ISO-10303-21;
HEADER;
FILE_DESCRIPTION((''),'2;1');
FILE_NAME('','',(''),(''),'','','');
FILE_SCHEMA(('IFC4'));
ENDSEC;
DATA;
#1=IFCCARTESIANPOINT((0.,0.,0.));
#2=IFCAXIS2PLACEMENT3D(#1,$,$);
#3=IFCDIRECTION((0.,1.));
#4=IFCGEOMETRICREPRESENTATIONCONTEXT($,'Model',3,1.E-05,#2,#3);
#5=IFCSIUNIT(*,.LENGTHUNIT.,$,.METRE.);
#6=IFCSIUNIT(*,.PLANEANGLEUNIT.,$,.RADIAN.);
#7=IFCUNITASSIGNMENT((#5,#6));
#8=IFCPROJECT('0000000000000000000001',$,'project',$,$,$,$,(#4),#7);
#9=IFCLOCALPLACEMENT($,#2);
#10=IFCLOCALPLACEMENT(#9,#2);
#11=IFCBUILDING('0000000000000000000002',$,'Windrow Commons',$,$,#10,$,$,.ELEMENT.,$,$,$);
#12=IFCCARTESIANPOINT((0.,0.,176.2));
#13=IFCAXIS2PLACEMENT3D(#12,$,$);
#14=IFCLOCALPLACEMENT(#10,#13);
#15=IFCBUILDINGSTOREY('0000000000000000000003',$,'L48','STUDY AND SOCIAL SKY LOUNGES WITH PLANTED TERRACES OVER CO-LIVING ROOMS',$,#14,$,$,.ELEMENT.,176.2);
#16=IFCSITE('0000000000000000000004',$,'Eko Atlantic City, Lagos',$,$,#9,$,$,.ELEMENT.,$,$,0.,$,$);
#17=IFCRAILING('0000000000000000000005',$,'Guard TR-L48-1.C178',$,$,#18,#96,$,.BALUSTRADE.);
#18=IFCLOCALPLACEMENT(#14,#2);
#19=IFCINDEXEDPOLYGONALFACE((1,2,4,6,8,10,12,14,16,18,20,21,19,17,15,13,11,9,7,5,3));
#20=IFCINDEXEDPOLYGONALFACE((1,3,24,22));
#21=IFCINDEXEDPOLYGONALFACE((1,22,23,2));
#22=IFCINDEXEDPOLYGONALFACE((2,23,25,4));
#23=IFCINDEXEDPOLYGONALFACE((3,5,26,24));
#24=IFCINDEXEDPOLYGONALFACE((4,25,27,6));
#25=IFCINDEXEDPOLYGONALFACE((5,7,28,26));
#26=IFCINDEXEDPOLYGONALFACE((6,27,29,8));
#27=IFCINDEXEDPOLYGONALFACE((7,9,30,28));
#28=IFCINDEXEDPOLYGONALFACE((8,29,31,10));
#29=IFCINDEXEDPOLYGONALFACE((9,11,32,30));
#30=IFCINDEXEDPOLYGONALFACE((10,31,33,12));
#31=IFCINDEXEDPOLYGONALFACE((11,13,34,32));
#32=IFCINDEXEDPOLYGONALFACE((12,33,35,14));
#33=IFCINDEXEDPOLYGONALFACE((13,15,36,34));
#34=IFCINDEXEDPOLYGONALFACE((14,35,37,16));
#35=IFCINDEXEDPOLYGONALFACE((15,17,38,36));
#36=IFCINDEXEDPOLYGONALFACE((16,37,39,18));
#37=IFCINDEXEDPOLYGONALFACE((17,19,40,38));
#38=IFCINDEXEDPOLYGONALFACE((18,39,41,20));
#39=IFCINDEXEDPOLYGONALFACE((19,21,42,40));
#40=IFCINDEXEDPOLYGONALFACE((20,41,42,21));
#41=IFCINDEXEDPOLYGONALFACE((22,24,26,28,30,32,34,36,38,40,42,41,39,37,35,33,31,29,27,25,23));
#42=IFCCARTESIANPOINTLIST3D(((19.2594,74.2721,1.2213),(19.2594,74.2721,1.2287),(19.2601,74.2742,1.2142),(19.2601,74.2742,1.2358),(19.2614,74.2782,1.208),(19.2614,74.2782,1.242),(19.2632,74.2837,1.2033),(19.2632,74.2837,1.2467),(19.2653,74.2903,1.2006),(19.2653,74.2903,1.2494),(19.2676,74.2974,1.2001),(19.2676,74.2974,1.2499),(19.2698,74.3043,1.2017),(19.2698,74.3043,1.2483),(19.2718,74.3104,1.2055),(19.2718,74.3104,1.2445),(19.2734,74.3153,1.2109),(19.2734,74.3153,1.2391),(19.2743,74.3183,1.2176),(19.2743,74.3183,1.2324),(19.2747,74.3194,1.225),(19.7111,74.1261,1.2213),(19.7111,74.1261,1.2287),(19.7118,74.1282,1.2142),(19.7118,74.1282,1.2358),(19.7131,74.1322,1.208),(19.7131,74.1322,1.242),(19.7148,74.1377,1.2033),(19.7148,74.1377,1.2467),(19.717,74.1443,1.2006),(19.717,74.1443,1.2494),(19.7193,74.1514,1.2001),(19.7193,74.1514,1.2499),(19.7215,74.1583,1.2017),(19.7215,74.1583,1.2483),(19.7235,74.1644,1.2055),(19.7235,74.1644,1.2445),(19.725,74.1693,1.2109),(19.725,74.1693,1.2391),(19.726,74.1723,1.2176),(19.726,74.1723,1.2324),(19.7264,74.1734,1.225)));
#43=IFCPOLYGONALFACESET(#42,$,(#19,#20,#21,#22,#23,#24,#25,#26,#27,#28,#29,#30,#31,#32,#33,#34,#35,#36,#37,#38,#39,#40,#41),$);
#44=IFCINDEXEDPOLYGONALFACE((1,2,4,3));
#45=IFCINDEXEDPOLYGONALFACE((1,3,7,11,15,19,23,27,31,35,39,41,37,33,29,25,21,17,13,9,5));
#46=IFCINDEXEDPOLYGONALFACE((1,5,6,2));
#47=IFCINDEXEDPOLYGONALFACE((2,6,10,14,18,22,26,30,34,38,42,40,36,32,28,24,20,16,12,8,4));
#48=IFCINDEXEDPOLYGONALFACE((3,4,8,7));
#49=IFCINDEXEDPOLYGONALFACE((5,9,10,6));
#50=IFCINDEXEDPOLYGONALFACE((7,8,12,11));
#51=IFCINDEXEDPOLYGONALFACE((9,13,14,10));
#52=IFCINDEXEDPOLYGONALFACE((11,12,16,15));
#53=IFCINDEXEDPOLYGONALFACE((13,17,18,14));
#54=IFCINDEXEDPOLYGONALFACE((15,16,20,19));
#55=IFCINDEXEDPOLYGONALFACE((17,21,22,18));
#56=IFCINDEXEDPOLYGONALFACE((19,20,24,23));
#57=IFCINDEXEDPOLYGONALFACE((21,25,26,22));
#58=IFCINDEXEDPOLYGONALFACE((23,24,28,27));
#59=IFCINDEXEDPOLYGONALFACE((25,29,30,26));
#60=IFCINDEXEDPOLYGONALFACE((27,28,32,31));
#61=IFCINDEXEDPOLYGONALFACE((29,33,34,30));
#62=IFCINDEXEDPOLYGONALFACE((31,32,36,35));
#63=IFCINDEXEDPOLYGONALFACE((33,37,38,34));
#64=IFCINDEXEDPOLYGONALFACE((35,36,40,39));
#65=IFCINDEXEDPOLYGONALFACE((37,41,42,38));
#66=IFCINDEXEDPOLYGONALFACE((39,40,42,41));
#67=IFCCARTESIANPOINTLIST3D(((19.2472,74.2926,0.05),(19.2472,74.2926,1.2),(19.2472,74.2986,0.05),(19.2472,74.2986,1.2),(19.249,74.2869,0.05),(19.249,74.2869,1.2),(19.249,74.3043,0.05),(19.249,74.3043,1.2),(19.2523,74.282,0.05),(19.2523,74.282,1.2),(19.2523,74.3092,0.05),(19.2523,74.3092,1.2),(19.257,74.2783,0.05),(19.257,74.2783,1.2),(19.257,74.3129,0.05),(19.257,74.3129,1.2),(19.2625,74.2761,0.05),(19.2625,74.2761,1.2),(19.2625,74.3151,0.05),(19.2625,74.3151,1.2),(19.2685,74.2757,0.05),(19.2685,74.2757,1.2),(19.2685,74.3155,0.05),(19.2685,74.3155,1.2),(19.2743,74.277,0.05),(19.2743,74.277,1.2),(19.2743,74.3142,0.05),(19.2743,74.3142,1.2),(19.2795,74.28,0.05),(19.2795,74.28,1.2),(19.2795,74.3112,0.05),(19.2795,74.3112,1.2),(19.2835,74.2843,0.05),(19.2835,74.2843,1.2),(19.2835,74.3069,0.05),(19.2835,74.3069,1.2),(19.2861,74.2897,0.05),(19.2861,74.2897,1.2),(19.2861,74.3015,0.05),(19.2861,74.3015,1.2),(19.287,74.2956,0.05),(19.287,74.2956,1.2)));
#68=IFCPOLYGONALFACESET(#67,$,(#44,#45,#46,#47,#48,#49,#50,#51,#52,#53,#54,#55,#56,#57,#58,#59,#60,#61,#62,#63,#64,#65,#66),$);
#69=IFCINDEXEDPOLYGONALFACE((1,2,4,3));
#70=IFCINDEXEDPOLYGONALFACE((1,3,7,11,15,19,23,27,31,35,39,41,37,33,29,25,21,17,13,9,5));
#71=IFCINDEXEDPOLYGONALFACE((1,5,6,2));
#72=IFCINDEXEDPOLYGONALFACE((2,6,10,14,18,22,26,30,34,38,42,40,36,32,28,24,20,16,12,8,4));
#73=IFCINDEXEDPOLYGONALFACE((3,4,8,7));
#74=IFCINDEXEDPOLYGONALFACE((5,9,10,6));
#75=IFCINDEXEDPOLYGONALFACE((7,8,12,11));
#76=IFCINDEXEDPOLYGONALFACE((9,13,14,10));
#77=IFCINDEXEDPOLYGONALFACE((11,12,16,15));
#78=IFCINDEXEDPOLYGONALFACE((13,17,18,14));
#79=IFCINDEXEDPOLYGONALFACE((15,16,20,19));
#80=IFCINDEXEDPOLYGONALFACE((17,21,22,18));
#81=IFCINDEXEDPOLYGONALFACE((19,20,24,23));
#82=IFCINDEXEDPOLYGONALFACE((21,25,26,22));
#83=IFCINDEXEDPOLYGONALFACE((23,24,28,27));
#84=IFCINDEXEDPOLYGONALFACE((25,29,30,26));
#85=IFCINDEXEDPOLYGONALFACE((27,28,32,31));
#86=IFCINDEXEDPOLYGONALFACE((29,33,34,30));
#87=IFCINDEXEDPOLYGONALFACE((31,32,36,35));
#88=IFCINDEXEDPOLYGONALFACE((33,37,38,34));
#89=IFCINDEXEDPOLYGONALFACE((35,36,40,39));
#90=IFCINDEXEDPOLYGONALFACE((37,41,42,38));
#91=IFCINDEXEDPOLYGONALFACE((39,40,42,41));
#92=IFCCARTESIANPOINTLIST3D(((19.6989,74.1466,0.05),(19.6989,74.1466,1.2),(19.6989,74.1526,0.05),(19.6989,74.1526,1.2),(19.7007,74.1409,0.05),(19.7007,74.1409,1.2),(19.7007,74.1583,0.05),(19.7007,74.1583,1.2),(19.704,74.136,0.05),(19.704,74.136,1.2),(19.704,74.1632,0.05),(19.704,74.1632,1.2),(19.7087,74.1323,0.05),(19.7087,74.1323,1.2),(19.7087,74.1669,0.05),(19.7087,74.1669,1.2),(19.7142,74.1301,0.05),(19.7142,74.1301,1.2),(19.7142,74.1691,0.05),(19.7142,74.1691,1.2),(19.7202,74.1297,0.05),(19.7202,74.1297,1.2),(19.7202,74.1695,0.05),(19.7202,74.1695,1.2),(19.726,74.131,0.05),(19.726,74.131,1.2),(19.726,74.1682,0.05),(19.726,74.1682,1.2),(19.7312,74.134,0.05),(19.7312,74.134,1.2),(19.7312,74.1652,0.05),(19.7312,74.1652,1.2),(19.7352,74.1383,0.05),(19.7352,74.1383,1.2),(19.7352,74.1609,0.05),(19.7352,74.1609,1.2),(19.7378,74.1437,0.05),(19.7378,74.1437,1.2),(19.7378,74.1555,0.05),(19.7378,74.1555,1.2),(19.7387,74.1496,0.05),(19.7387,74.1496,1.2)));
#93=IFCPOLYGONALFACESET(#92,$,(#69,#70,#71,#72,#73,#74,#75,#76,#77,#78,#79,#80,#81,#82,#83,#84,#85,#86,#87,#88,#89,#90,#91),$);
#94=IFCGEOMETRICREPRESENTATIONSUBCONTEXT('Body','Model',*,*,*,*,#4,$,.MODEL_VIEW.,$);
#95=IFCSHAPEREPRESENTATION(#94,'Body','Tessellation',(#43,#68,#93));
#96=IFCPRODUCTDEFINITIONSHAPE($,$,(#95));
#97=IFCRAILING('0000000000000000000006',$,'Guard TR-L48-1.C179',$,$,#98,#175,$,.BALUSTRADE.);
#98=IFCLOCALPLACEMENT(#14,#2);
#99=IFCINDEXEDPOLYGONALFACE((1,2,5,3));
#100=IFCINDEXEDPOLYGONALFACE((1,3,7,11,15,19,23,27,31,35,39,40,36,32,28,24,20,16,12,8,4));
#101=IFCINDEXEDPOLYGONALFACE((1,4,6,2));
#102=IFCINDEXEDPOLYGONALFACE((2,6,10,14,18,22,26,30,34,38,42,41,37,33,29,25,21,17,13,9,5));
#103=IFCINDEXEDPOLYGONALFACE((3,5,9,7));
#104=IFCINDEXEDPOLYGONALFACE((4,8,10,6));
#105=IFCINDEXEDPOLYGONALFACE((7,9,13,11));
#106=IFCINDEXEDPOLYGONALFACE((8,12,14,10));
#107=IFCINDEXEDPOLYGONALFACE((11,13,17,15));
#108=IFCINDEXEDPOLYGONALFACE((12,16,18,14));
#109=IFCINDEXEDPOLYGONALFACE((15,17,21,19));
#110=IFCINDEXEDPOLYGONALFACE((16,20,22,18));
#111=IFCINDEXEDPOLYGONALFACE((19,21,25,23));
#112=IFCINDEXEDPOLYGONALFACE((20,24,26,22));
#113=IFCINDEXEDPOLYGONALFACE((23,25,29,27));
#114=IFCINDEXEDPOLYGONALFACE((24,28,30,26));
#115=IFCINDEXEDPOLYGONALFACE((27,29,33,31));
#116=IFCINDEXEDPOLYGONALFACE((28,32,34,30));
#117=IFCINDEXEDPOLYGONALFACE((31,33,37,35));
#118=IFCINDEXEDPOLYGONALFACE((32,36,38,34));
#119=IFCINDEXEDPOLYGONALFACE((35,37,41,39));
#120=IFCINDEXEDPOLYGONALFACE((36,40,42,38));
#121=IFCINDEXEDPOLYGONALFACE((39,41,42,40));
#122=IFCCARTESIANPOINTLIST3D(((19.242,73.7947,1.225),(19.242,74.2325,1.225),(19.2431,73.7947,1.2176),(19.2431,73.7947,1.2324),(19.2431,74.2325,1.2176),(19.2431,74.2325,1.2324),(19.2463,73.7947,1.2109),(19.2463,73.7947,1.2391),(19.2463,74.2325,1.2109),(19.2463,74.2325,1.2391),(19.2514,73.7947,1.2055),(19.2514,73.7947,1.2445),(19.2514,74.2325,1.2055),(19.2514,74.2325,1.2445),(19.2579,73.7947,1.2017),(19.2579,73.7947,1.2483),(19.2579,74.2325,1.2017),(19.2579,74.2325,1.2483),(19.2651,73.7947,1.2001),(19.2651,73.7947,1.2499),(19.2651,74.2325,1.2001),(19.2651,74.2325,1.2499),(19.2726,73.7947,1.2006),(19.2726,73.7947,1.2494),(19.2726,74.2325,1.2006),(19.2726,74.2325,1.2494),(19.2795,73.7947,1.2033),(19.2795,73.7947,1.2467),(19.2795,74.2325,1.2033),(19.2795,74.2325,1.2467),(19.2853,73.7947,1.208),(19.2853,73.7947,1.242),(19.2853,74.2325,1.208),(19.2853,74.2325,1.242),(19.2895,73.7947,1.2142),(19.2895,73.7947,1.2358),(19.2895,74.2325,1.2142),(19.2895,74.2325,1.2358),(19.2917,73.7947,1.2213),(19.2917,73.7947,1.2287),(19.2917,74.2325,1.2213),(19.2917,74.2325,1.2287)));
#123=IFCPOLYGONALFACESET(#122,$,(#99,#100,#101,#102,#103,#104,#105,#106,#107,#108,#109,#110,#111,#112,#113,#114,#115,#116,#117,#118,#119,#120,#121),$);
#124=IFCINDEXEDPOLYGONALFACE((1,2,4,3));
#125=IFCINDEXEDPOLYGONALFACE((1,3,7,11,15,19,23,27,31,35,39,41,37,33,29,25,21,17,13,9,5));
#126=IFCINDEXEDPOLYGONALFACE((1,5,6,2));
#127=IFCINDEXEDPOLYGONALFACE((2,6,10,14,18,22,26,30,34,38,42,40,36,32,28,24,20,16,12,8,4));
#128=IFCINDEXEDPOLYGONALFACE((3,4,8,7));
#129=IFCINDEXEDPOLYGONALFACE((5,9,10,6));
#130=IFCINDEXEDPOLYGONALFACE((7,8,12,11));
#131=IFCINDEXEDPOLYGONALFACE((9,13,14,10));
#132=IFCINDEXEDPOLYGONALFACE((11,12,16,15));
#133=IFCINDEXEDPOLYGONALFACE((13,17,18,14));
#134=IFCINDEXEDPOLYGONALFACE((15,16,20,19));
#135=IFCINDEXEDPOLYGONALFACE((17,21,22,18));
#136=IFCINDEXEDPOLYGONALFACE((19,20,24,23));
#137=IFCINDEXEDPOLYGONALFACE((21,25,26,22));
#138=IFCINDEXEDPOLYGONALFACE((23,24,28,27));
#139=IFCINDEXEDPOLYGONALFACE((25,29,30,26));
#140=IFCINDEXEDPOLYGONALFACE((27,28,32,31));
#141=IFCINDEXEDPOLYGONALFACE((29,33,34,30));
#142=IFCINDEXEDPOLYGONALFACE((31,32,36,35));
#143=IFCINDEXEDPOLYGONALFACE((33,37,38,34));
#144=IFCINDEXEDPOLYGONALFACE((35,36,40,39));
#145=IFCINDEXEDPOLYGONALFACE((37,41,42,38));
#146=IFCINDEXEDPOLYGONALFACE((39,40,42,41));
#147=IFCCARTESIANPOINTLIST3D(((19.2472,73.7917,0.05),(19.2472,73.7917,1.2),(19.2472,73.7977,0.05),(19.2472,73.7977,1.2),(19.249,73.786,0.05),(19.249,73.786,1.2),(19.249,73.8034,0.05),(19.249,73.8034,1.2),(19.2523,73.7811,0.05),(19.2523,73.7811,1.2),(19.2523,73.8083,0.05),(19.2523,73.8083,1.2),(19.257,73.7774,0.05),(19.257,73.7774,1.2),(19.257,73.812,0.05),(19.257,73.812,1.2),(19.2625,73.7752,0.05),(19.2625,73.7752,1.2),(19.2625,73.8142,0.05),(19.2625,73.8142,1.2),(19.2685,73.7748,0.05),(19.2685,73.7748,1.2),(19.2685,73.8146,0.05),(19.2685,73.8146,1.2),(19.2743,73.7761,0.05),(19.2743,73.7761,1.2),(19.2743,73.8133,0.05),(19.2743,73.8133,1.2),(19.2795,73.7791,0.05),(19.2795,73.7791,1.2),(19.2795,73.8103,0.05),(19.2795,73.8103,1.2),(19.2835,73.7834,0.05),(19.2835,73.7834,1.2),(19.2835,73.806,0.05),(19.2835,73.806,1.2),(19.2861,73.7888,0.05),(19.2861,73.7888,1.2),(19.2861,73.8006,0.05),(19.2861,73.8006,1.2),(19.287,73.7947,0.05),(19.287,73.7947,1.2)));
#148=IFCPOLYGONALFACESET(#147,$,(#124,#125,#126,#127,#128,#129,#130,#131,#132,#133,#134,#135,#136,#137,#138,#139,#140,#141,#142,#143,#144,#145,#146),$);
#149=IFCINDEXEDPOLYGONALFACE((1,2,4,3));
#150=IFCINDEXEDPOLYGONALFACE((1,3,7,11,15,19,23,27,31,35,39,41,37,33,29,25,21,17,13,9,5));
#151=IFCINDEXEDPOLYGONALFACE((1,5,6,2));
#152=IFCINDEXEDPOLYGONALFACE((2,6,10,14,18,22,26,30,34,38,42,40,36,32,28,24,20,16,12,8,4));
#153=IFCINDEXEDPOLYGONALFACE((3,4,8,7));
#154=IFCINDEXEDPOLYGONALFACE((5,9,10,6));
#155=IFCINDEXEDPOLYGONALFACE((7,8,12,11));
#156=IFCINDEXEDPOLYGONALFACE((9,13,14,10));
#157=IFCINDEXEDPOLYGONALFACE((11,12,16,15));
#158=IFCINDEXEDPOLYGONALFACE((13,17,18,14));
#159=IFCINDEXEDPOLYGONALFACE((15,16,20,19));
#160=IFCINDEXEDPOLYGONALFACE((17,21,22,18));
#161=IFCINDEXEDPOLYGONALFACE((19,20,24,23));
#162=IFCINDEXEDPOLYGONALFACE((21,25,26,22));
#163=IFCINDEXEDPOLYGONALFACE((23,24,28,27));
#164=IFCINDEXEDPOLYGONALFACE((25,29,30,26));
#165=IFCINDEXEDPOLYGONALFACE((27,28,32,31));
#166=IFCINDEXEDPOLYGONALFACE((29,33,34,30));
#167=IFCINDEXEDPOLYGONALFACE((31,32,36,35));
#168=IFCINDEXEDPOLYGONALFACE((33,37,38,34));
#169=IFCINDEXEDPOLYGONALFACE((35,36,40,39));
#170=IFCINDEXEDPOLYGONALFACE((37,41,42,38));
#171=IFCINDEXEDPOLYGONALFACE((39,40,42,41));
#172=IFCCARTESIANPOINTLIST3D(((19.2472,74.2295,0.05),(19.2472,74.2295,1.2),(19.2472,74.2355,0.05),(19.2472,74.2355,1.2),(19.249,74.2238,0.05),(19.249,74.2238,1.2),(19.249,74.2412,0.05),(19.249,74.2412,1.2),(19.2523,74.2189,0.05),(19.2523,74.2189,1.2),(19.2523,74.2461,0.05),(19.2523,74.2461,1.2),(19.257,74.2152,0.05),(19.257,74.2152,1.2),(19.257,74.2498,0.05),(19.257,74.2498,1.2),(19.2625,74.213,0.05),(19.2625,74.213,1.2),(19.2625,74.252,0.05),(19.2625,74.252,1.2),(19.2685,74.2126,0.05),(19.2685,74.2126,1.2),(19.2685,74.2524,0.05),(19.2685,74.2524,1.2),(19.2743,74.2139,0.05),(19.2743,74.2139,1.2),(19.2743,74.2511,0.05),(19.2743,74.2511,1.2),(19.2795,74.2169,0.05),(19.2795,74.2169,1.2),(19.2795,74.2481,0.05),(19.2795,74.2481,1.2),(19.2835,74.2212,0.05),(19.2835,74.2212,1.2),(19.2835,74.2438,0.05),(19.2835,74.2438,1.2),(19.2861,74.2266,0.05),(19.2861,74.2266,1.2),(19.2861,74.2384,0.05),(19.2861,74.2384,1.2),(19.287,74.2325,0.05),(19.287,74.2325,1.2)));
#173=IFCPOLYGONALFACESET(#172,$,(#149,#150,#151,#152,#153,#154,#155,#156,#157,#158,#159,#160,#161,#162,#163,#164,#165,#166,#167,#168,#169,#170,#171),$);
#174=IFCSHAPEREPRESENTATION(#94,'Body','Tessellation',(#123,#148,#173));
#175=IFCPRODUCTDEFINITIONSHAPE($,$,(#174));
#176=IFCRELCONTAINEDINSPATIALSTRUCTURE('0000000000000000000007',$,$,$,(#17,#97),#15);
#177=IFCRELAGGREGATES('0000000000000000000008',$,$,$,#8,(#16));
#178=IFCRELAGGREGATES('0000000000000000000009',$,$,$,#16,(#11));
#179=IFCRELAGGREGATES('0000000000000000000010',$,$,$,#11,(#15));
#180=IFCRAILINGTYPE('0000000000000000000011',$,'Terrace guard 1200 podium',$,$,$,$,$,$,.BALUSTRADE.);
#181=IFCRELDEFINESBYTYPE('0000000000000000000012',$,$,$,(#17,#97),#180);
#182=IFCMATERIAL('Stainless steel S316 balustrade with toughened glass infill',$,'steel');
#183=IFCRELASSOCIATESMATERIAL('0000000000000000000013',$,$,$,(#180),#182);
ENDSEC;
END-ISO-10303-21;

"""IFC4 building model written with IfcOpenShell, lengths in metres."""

from ifc_helpers import new_model, si_unit, direction, frame, origin, origin_2d, place, context, subcontext, project, spatial, circle, extrude, material, type_object, element, save


model = new_model("IFC4")

# Units and contexts
model_context = context("Model", 3, precision=1e-05, world=origin(), true_north=direction((0.0, 1.0)))
body_context = subcontext(model_context, "Body", "Model", "MODEL_VIEW")
ifc_project = project(units=[si_unit("LENGTHUNIT", "METRE"), si_unit("PLANEANGLEUNIT", "RADIAN")], contexts=[model_context])

# Site, building, storey
site_placement = place(None, origin())
site = spatial("IfcSite", under=ifc_project, at=site_placement, Name="Eko Atlantic City, Lagos", CompositionType="ELEMENT", RefElevation=0.0)
building_placement = place(site_placement, origin())
building = spatial("IfcBuilding", under=site, at=building_placement, Name="Windrow Commons", CompositionType="ELEMENT")
storey_placement = place(building_placement, frame((0.0, 0.0, 176.2)))
storey = spatial("IfcBuildingStorey", under=building, at=storey_placement, Name="L48", Description="STUDY AND SOCIAL SKY LOUNGES WITH PLANTED TERRACES OVER CO-LIVING ROOMS", CompositionType="ELEMENT", Elevation=176.2)

# Railings
ifc_material_1 = material(Name="Stainless steel S316 balustrade with toughened glass infill", Category="steel")
railing_type = type_object("IfcRailingType", Name="Terrace guard 1200 podium", PredefinedType="BALUSTRADE", material=ifc_material_1)
railing_1_placement = place(storey_placement, frame((19.267, 74.2956, 0.05)))
element("IfcRailing", 1, at=railing_1_placement, inside=storey, type_object=railing_type, Name="Guard TR-L48-1.C178", PredefinedType="BALUSTRADE", context=body_context, shape_type="SweptSolid", body=[
    extrude(circle(Radius=0.025, at=origin_2d()), frame((0.0, 0.0, 1.175), z_axis=(0.95153, -0.307557, 0.0), x_axis=(0.307557, 0.95153, 0.0)), (0.0, 0.0, 1.0), 0.4747),
    extrude(circle(Radius=0.02, at=origin_2d()), origin(), (0.0, 0.0, 1.0), 1.15),
    extrude(circle(Radius=0.02, at=origin_2d()), frame((0.4517, -0.146, 0.0)), (0.0, 0.0, 1.0), 1.15),
])
railing_2_placement = place(storey_placement, frame((19.267, 73.7947, 0.05)))
element("IfcRailing", 2, at=railing_2_placement, inside=storey, type_object=railing_type, Name="Guard TR-L48-1.C179", PredefinedType="BALUSTRADE", context=body_context, shape_type="SweptSolid", body=[
    extrude(circle(Radius=0.025, at=origin_2d()), frame((0.0, 0.0, 1.175), z_axis=(0.0, 1.0, 0.0), x_axis=(-1.0, 0.0, 0.0)), (0.0, 0.0, 1.0), 0.4378),
    extrude(circle(Radius=0.02, at=origin_2d()), origin(), (0.0, 0.0, 1.0), 1.15),
    extrude(circle(Radius=0.02, at=origin_2d()), frame((0.0, 0.4378, 0.0)), (0.0, 0.0, 1.0), 1.15),
])

save(model, "model.ifc")
